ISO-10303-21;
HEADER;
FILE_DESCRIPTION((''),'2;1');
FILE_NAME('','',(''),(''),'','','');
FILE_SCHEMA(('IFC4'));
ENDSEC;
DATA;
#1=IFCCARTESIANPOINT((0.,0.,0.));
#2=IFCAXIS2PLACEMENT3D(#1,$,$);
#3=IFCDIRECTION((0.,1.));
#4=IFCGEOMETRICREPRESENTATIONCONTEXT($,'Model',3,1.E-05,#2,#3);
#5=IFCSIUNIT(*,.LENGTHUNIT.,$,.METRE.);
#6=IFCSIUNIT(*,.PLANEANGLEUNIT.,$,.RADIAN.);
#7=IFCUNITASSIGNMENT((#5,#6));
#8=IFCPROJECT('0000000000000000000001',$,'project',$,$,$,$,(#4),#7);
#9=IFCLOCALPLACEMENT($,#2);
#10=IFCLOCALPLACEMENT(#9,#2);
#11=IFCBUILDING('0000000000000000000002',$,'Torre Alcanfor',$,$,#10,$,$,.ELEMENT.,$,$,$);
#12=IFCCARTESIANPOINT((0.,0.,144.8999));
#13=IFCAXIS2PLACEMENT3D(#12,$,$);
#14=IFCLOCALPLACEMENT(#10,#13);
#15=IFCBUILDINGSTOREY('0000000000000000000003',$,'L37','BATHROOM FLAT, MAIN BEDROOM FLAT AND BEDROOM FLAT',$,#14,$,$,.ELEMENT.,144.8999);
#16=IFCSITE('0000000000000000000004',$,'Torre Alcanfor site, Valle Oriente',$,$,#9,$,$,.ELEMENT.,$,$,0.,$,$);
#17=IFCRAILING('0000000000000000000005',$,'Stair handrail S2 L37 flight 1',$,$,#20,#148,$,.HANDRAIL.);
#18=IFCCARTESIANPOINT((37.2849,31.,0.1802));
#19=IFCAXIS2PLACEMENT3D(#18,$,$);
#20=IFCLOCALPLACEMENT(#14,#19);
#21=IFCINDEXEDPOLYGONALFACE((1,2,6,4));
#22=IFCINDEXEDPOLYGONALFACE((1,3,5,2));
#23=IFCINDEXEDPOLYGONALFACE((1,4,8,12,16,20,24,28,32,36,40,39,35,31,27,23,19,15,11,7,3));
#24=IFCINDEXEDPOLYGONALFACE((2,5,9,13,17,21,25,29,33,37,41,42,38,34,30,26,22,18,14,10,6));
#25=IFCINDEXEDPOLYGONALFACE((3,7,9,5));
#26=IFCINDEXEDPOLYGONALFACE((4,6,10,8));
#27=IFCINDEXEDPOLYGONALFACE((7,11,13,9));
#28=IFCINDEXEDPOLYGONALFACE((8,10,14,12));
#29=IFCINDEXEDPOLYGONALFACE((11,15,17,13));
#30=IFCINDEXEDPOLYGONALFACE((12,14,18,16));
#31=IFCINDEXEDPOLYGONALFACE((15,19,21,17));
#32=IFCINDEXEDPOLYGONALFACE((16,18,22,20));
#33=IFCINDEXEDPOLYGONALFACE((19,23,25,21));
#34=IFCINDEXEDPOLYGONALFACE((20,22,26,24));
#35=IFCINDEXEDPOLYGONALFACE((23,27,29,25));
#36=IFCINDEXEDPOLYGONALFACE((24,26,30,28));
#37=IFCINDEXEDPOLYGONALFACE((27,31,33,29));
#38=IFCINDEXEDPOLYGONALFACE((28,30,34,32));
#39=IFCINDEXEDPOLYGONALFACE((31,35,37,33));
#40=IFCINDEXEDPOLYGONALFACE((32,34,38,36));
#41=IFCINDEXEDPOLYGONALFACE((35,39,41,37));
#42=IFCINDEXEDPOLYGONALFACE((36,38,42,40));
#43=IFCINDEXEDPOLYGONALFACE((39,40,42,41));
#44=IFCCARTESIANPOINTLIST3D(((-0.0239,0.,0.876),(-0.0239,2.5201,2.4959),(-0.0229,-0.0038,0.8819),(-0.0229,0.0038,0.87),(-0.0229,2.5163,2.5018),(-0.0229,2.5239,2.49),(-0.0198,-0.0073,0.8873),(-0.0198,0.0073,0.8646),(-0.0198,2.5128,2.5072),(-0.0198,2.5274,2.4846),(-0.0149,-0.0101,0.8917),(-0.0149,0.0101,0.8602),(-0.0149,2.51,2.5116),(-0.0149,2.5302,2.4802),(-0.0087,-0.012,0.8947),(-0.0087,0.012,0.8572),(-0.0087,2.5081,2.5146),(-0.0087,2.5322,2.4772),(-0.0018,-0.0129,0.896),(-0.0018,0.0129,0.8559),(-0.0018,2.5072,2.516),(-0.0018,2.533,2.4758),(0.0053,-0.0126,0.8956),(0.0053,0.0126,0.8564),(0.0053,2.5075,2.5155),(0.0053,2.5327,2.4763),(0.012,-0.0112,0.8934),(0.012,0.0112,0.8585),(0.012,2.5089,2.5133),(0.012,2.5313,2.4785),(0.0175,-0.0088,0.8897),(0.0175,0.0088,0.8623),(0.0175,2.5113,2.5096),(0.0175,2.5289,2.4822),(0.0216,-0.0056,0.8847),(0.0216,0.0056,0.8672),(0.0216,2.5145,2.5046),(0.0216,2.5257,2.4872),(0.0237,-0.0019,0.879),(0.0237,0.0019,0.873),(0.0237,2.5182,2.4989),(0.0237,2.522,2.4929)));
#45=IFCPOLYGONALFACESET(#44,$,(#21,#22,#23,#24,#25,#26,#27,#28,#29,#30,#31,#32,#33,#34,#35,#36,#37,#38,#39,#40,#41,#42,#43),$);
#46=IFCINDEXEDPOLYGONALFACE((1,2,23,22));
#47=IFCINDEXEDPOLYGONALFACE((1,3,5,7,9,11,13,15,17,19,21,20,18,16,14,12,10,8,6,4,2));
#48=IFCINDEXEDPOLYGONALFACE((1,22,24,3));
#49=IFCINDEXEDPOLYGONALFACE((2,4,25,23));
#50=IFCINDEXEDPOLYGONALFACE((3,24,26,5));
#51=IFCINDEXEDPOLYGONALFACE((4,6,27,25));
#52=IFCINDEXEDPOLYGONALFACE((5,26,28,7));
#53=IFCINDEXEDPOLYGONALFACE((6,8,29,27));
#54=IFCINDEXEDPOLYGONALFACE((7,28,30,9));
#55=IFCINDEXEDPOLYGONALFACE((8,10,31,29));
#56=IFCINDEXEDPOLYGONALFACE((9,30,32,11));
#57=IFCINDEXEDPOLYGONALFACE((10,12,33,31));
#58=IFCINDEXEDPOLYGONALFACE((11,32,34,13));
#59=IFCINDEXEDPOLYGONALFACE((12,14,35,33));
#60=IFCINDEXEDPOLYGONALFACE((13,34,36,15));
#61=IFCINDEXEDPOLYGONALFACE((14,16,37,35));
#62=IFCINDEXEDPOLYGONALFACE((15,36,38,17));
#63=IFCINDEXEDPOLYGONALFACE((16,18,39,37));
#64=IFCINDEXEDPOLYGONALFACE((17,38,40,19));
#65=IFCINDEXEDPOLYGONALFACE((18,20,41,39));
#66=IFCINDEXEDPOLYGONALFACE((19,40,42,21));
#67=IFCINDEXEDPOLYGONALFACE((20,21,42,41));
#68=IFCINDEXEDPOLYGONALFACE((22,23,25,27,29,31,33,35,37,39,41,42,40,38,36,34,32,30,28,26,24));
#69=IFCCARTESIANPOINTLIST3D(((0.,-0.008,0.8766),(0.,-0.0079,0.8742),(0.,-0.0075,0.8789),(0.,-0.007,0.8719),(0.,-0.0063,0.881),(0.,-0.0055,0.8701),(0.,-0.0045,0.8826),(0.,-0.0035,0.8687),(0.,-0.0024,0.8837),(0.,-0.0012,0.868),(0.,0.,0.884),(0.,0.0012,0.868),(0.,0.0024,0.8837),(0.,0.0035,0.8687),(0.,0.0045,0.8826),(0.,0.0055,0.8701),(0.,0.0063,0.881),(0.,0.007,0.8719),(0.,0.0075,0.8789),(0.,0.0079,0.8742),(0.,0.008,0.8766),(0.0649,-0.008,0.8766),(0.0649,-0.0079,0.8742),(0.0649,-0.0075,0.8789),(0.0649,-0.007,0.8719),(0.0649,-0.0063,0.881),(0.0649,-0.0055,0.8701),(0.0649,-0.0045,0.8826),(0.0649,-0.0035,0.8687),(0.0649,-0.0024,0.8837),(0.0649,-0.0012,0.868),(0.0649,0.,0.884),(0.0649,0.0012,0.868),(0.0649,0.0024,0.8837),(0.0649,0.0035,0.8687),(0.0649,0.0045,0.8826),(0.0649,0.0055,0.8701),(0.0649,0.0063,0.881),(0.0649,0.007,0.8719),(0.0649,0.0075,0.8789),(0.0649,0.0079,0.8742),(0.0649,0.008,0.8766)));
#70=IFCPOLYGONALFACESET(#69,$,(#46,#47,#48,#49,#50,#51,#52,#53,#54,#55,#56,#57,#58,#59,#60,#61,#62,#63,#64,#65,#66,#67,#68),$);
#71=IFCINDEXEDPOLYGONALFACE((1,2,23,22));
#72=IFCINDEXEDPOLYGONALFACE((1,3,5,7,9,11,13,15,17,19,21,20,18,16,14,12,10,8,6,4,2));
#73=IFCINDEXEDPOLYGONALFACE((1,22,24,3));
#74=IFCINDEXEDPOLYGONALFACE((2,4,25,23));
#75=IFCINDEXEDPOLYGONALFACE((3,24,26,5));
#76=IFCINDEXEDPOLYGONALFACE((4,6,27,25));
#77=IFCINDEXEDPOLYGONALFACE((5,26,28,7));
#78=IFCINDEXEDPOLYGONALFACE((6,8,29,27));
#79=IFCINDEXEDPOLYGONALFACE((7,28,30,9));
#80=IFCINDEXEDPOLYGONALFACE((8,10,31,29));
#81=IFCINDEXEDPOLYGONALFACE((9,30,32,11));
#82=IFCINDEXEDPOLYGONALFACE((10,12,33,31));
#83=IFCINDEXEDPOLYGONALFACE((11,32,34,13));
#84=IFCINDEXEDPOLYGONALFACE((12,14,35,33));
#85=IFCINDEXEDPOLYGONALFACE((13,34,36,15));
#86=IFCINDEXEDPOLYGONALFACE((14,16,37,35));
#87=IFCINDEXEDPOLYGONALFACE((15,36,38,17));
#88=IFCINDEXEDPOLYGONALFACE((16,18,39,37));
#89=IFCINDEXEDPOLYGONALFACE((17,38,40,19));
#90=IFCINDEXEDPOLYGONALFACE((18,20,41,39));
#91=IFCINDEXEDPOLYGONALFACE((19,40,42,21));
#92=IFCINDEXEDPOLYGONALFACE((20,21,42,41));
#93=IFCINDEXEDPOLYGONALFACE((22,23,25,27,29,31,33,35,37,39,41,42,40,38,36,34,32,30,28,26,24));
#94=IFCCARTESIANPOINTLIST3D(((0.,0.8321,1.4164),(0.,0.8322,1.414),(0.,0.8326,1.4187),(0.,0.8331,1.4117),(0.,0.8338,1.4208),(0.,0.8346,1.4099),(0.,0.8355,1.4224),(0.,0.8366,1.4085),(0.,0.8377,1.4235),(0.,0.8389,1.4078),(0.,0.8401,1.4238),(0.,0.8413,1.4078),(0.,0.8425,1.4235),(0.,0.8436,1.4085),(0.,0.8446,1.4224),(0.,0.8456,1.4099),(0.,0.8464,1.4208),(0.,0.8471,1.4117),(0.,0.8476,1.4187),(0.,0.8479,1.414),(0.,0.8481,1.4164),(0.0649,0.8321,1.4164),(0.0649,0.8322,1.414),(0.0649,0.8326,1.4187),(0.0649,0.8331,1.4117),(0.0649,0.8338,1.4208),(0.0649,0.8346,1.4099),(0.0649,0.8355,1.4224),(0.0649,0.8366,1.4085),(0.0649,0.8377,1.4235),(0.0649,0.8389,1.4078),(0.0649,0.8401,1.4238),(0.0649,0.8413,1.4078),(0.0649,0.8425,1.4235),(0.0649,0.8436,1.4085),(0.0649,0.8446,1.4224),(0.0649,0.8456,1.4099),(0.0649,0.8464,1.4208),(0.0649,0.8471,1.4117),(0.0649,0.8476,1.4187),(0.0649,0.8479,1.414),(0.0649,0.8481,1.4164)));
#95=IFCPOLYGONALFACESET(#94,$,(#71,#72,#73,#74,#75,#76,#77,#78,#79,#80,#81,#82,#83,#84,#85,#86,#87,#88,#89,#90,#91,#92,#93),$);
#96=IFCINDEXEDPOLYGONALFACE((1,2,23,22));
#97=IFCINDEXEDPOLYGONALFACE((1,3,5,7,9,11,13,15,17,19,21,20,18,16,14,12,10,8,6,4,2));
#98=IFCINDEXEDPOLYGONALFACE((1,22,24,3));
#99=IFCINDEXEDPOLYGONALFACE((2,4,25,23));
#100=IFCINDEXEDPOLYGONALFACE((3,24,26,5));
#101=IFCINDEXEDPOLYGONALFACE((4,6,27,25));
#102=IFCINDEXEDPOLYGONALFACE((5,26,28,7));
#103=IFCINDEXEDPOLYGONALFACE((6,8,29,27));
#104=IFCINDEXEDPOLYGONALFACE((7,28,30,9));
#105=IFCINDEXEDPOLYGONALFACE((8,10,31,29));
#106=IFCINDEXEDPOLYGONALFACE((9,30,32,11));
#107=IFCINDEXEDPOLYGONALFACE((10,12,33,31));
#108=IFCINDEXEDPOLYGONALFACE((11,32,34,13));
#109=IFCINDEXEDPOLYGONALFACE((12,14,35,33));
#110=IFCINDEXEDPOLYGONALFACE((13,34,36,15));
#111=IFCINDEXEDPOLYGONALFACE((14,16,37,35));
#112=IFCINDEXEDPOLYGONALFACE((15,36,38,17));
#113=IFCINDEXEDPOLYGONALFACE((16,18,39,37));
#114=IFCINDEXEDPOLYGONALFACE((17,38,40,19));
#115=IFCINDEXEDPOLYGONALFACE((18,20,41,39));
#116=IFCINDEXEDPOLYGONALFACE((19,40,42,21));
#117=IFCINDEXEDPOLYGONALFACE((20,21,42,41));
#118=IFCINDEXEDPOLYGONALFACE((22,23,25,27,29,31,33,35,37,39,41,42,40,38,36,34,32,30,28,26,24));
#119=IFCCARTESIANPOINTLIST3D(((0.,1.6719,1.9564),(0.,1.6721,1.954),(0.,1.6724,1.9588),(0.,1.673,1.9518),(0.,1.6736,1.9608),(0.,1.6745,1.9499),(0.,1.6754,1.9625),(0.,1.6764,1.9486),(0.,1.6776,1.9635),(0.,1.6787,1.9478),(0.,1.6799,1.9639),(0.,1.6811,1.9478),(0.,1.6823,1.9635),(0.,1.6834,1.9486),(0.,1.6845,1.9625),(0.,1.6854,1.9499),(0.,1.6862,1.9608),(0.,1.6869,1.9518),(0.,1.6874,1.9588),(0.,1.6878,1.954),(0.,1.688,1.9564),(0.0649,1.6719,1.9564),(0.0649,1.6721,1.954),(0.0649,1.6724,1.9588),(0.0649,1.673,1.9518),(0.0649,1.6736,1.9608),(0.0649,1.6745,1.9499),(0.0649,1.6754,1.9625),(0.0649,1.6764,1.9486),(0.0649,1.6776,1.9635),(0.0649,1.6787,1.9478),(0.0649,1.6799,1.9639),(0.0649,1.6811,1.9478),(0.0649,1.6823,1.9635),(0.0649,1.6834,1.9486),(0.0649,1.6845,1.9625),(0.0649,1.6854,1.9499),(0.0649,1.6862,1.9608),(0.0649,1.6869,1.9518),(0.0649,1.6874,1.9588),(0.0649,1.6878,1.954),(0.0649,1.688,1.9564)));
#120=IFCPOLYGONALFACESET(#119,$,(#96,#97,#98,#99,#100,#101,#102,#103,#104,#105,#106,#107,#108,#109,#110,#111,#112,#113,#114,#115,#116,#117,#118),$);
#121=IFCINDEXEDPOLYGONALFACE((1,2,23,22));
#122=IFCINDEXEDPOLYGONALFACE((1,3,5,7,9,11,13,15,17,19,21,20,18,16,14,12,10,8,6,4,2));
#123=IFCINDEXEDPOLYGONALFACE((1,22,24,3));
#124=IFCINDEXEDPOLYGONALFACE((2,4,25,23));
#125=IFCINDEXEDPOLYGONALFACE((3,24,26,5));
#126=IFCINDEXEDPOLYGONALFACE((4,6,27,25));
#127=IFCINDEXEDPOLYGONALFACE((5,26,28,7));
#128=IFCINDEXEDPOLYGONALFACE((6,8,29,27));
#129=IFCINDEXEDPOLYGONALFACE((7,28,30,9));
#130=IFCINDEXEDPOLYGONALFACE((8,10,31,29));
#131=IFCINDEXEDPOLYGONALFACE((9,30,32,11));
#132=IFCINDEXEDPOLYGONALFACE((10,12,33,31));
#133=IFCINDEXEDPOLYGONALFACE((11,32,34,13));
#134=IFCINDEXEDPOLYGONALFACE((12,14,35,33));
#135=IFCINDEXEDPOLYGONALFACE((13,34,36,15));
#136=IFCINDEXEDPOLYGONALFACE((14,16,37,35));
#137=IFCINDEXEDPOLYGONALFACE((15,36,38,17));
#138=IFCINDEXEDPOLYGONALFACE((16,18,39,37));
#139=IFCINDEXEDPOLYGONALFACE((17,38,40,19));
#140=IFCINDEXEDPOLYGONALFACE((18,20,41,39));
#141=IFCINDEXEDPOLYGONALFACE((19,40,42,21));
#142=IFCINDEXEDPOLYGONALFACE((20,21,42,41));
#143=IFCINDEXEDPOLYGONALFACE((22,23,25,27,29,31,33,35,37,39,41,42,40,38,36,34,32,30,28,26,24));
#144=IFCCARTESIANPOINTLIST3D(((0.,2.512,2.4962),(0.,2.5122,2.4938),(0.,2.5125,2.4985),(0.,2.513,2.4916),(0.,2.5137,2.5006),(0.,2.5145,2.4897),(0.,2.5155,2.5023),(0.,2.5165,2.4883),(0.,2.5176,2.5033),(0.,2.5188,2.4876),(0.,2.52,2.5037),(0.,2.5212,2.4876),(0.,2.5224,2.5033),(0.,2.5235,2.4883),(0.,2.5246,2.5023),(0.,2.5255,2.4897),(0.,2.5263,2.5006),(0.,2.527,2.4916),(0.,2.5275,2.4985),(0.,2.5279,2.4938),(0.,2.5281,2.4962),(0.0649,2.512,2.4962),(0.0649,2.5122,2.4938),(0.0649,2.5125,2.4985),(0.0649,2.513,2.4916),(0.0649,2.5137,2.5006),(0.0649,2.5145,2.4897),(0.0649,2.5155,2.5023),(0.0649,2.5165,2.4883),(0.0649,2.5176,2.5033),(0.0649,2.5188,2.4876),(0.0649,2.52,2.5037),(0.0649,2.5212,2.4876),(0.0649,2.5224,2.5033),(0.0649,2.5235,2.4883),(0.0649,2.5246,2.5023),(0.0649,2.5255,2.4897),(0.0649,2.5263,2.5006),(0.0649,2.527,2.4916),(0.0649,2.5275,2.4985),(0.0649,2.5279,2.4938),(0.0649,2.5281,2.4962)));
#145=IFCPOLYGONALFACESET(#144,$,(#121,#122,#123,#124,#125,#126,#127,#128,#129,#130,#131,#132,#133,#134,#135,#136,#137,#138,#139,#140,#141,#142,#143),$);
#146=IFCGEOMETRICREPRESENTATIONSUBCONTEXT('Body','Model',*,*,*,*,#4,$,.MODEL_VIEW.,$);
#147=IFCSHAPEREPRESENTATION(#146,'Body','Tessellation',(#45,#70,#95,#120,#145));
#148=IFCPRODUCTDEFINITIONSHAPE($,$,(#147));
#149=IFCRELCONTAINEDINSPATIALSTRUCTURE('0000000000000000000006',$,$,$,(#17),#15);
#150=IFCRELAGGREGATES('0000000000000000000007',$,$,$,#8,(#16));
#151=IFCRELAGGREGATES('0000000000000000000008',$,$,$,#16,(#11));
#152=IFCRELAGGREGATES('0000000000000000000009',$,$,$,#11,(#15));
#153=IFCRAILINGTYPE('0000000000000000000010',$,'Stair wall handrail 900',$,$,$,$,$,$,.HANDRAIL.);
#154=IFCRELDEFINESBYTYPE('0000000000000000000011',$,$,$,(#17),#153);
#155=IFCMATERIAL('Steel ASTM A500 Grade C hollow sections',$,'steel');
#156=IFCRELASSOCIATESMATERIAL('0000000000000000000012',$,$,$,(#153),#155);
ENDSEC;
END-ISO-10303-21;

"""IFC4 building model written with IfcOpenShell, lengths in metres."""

from ifc_helpers import new_model, si_unit, direction, frame, origin, origin_2d, place, context, subcontext, project, spatial, circle, extrude, material, type_object, element, save


model = new_model("IFC4")

# Units and contexts
model_context = context("Model", 3, precision=1e-05, world=origin(), true_north=direction((0.0, 1.0)))
body_context = subcontext(model_context, "Body", "Model", "MODEL_VIEW")
ifc_project = project(units=[si_unit("LENGTHUNIT", "METRE"), si_unit("PLANEANGLEUNIT", "RADIAN")], contexts=[model_context])

# Site, building, storey
site_placement = place(None, origin())
site = spatial("IfcSite", under=ifc_project, at=site_placement, Name="Torre Alcanfor site, Valle Oriente", CompositionType="ELEMENT", RefElevation=0.0)
building_placement = place(site_placement, origin())
building = spatial("IfcBuilding", under=site, at=building_placement, Name="Torre Alcanfor", CompositionType="ELEMENT")
storey_placement = place(building_placement, frame((0.0, 0.0, 144.8999)))
storey = spatial("IfcBuildingStorey", under=building, at=storey_placement, Name="L37", Description="BATHROOM FLAT, MAIN BEDROOM FLAT AND BEDROOM FLAT", CompositionType="ELEMENT", Elevation=144.8999)

# Railing
ifc_material_1 = material(Name="Steel ASTM A500 Grade C hollow sections", Category="steel")
railing_type_1 = type_object("IfcRailingType", Name="Stair wall handrail 900", PredefinedType="HANDRAIL", material=ifc_material_1)
railing_1_placement = place(storey_placement, frame((37.2849, 31.0, 0.1802)))
element("IfcRailing", 1, at=railing_1_placement, inside=storey, type_object=railing_type_1, Name="Stair handrail S2 L37 flight 1", PredefinedType="HANDRAIL", context=body_context, shape_type="SweptSolid", body=[
    extrude(circle(Radius=0.0239, at=origin_2d()), frame((0.0, 0.0, 0.876), z_axis=(0.0, 0.8412, 0.540725), x_axis=(-1.0, 0.0, 0.0)), (0.0, 0.0, 1.0), 2.9958),
    extrude(circle(Radius=0.0081, at=origin_2d()), frame((0.0, 0.0, 0.876), z_axis=(1.0, 0.0, 0.0), x_axis=(0.0, 0.0, 1.0)), (0.0, 0.0, 1.0), 0.0649),
    extrude(circle(Radius=0.0081, at=origin_2d()), frame((0.0, 0.8401, 1.4158), z_axis=(1.0, 0.0, 0.0), x_axis=(0.0, 0.0, 1.0)), (0.0, 0.0, 1.0), 0.0649),
    extrude(circle(Radius=0.0081, at=origin_2d()), frame((0.0, 1.6799, 1.9558), z_axis=(1.0, 0.0, 0.0), x_axis=(0.0, 0.0, 1.0)), (0.0, 0.0, 1.0), 0.0649),
    extrude(circle(Radius=0.0081, at=origin_2d()), frame((0.0, 2.52, 2.4956), z_axis=(1.0, 0.0, 0.0), x_axis=(0.0, 0.0, 1.0)), (0.0, 0.0, 1.0), 0.0649),
])

save(model, "model.ifc")
